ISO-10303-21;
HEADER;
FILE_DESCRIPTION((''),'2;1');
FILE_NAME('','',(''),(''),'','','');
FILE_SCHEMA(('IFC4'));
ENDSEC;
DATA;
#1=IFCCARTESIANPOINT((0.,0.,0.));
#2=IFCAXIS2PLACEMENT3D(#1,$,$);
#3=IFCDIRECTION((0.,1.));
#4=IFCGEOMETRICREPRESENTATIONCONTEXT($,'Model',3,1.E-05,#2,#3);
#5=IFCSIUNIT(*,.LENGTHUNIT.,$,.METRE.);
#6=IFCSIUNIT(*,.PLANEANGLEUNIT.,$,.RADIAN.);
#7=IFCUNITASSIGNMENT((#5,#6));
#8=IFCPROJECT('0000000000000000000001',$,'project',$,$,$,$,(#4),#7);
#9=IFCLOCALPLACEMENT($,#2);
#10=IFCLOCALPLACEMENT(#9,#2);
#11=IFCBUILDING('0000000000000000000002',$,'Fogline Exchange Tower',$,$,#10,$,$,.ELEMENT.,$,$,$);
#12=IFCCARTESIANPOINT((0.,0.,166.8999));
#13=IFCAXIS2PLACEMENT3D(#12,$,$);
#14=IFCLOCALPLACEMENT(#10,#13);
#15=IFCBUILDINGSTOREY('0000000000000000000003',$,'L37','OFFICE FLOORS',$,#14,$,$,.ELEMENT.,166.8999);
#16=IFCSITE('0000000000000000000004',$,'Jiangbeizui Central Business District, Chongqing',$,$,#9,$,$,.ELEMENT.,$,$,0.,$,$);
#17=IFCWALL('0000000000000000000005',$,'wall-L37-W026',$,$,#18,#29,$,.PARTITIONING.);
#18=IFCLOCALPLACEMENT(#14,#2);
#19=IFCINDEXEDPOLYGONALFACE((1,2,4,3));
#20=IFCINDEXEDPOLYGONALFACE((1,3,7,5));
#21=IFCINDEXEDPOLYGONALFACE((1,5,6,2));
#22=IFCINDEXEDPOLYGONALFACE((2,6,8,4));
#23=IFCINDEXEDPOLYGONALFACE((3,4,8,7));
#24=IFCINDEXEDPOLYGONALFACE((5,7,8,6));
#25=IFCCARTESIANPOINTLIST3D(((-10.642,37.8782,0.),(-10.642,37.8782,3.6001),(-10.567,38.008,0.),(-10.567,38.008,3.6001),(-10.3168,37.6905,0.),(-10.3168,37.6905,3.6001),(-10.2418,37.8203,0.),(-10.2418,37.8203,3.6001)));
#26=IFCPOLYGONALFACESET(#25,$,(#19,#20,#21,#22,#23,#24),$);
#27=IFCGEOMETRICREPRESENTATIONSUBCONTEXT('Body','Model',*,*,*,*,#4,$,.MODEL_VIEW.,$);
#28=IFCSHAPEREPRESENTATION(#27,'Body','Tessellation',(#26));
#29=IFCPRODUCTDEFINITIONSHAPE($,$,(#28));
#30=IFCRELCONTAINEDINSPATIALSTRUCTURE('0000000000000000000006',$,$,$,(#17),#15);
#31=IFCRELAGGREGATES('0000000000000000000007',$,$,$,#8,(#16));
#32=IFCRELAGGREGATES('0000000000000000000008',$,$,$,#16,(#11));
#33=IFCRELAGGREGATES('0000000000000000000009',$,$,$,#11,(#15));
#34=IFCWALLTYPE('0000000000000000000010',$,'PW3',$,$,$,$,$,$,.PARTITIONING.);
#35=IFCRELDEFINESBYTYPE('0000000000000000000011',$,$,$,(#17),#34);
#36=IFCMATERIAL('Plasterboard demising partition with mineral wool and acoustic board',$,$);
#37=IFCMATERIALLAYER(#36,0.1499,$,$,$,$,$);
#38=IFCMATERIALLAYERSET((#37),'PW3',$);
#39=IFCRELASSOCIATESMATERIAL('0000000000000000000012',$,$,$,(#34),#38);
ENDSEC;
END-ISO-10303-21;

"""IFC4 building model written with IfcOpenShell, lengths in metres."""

from ifc_helpers import new_model, si_unit, direction, frame, frame_2d, origin, place, context, subcontext, project, spatial, rectangle, extrude, material, layer, layer_set, type_object, element, save


model = new_model("IFC4")

# Units and contexts
model_context = context("Model", 3, precision=1e-05, world=origin(), true_north=direction((0.0, 1.0)))
body_context = subcontext(model_context, "Body", "Model", "MODEL_VIEW")
ifc_project = project(units=[si_unit("LENGTHUNIT", "METRE"), si_unit("PLANEANGLEUNIT", "RADIAN")], contexts=[model_context])

# Site, building, storey
site_placement = place(None, origin())
site = spatial("IfcSite", under=ifc_project, at=site_placement, Name="Jiangbeizui Central Business District, Chongqing", CompositionType="ELEMENT", RefElevation=0.0)
building_placement = place(site_placement, origin())
building = spatial("IfcBuilding", under=site, at=building_placement, Name="Fogline Exchange Tower", CompositionType="ELEMENT")
storey_placement = place(building_placement, frame((0.0, 0.0, 166.8999)))
storey = spatial("IfcBuildingStorey", under=building, at=storey_placement, Name="L37", Description="OFFICE FLOORS", CompositionType="ELEMENT", Elevation=166.8999)

# Wall
ifc_material_1 = material(Name="Plasterboard demising partition with mineral wool and acoustic board")
ifc_layer_1 = layer(ifc_material_1, 0.1499)
ifc_layer_set_1 = layer_set([ifc_layer_1], Name="PW3")
wall_type_1 = type_object("IfcWallType", Name="PW3", PredefinedType="PARTITIONING", material=ifc_layer_set_1)
wall_1_placement = place(storey_placement, frame((-10.2793, 37.7554, 0.0), z_axis=(0.0, 0.0, 1.0), x_axis=(-0.866034, 0.499985, 0.0)))
element("IfcWall", 1, at=wall_1_placement, inside=storey, type_object=wall_type_1, Name="wall-L37-W026", PredefinedType="PARTITIONING", context=body_context, shape_type="SweptSolid", body=[
    extrude(rectangle(XDim=0.3755, YDim=0.1499, at=frame_2d((0.1877, 0.0))), origin(), (0.0, 0.0, 1.0), 3.6001),
])

save(model, "model.ifc")
